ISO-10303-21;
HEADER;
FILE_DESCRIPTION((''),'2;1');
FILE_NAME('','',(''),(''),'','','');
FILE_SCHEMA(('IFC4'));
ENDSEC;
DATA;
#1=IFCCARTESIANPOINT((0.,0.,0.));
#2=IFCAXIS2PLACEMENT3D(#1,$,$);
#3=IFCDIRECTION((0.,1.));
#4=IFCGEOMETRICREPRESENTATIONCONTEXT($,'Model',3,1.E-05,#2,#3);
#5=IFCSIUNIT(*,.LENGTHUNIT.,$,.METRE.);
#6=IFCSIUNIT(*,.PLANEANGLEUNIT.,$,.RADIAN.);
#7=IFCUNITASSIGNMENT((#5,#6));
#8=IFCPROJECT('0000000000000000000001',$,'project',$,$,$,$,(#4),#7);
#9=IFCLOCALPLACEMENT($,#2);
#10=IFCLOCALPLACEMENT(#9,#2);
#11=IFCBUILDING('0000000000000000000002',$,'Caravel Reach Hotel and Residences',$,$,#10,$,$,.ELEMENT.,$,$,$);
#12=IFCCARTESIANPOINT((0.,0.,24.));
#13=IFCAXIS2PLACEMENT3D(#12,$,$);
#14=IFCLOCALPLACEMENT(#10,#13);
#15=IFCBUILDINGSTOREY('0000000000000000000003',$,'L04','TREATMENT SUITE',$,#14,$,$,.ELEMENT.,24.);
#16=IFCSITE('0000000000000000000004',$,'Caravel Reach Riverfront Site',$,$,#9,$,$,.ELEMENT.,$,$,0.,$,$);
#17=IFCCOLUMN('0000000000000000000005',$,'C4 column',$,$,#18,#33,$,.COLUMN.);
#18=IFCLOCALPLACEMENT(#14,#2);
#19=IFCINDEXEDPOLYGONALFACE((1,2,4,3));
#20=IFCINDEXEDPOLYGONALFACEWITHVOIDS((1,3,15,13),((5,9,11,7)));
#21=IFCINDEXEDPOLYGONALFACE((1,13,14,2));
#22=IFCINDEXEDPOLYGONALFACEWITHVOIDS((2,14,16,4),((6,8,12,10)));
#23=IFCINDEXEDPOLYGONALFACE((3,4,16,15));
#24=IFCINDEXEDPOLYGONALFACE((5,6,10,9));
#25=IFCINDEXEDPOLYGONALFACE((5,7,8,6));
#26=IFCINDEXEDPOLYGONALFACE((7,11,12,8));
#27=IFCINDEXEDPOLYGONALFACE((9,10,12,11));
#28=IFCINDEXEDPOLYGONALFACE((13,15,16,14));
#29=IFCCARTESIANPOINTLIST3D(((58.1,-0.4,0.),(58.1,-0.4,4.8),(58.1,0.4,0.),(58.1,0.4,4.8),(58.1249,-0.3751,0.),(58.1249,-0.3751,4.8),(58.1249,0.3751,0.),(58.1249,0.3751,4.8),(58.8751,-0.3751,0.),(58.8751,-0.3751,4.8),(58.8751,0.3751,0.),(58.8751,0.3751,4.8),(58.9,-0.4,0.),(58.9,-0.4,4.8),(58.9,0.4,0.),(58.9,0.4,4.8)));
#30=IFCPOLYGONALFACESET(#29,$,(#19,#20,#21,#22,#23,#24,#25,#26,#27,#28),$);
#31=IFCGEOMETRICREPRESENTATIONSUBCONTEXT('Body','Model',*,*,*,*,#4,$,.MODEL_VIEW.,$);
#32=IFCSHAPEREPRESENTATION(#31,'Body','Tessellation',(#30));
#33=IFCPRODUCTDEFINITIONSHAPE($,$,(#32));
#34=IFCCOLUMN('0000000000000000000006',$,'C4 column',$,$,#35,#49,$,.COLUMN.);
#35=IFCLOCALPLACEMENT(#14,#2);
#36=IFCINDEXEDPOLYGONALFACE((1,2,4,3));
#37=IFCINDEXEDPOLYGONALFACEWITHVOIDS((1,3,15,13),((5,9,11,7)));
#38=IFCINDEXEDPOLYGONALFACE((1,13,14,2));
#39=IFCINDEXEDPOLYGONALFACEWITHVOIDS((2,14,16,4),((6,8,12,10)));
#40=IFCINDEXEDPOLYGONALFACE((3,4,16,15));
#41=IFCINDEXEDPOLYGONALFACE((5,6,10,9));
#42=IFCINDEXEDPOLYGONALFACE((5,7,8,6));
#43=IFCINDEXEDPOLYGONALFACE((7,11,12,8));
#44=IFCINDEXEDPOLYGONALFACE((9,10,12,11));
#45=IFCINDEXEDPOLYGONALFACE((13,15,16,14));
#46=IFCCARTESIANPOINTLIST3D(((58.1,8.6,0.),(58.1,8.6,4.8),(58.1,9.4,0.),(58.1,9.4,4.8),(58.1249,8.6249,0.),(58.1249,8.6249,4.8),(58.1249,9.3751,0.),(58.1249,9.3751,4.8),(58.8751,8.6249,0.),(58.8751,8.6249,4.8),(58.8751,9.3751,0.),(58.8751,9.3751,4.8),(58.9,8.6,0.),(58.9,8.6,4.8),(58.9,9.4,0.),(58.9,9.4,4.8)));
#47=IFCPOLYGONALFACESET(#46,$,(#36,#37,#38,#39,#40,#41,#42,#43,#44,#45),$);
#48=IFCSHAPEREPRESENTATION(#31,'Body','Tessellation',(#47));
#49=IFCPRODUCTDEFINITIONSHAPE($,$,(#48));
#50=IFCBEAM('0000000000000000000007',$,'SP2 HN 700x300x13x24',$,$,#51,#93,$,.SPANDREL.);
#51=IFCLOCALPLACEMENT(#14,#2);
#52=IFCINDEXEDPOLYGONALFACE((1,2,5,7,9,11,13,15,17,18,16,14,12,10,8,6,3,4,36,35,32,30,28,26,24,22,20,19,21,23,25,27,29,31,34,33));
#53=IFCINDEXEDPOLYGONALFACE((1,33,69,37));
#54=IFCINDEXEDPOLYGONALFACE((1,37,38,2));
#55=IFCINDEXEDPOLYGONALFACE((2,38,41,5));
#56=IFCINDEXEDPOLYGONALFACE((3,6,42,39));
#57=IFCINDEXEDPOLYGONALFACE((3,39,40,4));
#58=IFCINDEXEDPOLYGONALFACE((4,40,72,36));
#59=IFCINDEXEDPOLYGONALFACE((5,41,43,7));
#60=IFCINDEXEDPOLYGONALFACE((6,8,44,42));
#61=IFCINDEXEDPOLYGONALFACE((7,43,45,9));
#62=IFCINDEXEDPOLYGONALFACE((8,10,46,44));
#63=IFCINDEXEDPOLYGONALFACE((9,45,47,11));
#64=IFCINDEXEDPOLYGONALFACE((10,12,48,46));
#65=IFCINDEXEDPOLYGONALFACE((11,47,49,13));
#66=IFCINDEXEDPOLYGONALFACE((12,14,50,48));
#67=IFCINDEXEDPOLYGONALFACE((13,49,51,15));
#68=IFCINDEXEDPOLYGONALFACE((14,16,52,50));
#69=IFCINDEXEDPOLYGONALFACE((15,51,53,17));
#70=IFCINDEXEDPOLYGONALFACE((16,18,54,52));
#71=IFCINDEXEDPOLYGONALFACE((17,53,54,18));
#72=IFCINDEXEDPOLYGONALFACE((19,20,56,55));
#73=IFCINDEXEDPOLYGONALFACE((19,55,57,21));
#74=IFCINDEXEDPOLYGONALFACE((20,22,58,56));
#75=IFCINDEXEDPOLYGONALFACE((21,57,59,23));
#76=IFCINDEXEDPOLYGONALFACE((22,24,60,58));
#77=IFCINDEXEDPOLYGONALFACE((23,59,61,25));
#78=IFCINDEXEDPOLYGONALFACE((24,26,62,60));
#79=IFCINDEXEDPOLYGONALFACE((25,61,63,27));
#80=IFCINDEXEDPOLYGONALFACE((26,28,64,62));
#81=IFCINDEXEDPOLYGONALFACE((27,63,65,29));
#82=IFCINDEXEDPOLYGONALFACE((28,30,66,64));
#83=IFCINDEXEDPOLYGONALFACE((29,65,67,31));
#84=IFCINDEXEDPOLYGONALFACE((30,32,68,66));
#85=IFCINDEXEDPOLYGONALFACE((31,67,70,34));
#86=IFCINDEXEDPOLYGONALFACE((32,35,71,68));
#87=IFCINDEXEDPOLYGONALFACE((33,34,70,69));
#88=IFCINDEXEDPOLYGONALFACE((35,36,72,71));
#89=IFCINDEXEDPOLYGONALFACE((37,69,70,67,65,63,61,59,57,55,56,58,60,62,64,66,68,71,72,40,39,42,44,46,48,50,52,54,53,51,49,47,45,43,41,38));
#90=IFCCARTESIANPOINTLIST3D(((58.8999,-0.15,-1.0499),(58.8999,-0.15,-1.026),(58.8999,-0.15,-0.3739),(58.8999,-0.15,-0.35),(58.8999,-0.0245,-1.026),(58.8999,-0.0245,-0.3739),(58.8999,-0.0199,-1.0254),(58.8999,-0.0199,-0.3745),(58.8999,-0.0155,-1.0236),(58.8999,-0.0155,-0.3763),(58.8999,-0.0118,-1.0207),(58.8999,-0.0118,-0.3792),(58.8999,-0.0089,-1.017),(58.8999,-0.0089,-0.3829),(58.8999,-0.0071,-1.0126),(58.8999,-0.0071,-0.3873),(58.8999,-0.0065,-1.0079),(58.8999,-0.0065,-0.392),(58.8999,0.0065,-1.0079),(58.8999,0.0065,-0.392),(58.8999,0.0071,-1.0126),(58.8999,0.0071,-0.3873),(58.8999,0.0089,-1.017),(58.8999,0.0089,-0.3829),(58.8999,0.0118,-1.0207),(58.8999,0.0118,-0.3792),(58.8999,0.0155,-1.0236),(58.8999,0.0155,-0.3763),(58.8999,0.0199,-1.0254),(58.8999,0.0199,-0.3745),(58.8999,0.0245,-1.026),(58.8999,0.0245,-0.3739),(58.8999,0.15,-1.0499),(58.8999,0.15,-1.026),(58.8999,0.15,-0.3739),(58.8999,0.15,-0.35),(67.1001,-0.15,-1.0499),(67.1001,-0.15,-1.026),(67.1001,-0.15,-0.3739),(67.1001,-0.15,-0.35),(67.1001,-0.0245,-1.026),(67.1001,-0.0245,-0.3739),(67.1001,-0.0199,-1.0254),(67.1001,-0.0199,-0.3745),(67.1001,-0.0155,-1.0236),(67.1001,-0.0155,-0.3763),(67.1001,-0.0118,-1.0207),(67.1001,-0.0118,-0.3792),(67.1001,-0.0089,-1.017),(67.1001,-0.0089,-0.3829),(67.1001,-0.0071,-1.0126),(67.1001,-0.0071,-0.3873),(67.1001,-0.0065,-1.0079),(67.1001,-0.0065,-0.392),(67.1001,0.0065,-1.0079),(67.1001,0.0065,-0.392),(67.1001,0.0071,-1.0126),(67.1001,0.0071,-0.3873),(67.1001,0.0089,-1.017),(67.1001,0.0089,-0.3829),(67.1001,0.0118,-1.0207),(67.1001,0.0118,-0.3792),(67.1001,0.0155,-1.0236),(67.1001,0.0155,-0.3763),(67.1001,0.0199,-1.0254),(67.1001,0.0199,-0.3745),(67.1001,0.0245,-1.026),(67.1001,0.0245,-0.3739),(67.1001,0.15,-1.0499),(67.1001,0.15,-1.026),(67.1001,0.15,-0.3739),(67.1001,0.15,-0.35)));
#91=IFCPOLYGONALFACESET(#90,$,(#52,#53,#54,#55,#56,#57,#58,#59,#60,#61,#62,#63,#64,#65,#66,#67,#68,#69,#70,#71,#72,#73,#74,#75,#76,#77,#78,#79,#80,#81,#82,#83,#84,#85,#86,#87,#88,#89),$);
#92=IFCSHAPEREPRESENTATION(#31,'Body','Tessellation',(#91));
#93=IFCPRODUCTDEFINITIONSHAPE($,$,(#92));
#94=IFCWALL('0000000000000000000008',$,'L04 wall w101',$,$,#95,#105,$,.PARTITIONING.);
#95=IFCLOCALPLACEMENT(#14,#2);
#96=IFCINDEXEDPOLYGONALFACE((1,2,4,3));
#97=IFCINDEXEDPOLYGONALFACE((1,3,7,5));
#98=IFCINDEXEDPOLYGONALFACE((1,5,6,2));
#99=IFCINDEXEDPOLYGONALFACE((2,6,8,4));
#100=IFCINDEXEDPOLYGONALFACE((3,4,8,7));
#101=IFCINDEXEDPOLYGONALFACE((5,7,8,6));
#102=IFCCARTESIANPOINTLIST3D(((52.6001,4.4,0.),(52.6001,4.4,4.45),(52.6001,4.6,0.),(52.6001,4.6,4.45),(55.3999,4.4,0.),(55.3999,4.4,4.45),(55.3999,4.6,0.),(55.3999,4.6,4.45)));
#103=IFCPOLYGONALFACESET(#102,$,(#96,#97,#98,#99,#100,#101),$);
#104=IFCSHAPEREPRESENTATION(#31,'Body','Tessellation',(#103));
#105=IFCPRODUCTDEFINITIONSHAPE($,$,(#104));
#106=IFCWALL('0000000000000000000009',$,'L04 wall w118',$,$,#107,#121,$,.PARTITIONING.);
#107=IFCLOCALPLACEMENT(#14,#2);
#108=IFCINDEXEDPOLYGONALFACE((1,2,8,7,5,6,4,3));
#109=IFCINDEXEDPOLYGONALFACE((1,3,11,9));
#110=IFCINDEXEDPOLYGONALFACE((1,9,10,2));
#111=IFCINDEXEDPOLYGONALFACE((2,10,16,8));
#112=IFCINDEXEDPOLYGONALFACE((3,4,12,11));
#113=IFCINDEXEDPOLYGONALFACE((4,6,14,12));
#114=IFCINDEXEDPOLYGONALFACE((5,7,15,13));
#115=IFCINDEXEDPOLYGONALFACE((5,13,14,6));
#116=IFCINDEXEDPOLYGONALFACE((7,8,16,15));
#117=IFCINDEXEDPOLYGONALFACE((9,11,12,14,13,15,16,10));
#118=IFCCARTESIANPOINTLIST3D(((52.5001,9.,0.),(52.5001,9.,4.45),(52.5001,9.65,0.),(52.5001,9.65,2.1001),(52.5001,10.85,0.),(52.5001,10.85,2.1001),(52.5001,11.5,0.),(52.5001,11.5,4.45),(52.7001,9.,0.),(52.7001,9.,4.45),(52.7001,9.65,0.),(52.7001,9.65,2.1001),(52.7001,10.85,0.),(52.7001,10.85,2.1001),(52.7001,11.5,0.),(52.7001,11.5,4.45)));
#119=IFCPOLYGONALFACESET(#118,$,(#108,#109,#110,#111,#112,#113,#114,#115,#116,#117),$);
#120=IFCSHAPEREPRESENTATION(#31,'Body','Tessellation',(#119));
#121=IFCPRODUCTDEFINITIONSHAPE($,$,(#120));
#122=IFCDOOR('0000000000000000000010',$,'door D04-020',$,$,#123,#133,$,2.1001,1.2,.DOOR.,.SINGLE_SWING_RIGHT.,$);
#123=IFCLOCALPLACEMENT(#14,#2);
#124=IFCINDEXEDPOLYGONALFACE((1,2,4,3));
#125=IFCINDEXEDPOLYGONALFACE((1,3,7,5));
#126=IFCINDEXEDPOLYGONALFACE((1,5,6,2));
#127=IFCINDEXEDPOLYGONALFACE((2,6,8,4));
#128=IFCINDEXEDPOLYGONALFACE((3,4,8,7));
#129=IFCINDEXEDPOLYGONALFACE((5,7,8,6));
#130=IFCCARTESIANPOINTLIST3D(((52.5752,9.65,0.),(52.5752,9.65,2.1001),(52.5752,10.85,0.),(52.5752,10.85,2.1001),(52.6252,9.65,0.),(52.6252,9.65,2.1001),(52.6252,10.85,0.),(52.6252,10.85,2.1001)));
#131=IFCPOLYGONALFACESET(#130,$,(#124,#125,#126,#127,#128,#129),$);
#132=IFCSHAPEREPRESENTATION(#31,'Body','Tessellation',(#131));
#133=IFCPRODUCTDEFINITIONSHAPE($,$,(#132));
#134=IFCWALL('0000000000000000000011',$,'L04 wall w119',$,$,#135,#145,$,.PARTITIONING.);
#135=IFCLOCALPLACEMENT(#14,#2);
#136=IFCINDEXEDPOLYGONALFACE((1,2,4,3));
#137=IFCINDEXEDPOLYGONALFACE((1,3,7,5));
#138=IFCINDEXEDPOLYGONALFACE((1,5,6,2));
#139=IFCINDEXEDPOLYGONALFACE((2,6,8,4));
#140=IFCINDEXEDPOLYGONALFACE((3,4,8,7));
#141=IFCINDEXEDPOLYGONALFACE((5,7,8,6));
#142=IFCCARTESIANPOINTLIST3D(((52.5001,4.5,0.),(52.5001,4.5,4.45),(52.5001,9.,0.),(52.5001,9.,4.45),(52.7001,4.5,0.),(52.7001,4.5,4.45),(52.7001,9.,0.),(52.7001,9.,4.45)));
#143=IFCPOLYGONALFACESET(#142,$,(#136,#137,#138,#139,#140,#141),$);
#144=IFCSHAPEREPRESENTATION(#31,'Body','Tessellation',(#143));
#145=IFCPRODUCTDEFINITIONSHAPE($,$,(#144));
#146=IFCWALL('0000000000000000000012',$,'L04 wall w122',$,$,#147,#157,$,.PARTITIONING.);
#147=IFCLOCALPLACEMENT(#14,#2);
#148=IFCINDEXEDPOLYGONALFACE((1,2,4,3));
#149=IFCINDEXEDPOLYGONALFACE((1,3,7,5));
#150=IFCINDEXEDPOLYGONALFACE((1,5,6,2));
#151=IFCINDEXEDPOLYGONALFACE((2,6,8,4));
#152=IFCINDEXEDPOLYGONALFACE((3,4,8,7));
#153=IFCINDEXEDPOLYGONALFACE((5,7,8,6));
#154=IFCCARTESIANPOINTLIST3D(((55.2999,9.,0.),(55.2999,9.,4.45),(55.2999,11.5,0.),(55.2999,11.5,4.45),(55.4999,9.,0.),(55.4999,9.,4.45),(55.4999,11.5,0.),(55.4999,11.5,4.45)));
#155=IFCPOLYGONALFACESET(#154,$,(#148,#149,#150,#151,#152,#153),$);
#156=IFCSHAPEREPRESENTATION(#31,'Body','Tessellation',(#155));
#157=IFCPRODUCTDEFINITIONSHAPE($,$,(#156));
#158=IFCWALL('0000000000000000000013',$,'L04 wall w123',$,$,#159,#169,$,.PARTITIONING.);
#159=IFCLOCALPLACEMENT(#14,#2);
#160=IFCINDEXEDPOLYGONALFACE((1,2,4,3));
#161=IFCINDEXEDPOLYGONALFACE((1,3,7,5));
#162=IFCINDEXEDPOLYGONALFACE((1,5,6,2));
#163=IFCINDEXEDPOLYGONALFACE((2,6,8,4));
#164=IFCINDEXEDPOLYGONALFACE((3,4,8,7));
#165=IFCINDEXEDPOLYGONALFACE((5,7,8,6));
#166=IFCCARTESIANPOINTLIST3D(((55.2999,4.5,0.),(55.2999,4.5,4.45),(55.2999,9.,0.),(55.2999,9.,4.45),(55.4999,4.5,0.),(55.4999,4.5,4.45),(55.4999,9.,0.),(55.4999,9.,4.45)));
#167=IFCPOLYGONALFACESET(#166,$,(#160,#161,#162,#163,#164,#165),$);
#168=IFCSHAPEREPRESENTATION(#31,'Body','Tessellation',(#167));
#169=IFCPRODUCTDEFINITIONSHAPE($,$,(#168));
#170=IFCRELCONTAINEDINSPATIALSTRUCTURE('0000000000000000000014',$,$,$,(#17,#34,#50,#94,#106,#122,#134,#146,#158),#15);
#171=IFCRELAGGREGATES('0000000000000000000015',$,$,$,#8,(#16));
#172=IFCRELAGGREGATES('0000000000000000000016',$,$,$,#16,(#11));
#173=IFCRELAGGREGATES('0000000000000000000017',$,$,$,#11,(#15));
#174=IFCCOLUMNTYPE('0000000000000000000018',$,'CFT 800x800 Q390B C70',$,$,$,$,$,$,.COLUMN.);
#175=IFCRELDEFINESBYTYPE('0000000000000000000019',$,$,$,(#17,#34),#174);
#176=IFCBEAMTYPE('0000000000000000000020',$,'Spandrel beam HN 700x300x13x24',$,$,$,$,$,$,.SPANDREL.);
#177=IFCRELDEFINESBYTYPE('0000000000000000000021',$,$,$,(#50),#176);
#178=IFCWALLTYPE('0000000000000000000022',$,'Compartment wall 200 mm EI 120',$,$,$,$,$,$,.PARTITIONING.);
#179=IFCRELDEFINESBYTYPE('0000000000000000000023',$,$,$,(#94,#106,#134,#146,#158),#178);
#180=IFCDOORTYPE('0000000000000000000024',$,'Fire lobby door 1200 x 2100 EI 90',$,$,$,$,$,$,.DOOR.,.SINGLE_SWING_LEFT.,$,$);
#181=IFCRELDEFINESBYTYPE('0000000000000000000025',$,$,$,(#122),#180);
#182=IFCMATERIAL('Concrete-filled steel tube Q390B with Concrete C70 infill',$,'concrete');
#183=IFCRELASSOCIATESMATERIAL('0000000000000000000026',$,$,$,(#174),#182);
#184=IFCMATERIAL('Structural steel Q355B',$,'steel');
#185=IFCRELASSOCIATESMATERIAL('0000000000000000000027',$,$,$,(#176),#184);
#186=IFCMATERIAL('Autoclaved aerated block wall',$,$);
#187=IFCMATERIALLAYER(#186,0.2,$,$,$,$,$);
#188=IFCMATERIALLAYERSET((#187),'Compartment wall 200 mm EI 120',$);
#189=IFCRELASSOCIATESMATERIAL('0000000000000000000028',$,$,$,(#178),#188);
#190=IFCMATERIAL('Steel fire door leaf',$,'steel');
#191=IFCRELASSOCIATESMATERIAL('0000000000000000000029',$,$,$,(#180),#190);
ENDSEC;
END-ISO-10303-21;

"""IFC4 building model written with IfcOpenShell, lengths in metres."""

from ifc_helpers import new_model, si_unit, direction, frame, frame_2d, origin, origin_2d, place, context, subcontext, project, spatial, rectangle, hollow_rectangle, i_section, extrude, material, layer, layer_set, material_profile, profile_set, type_object, element, fill, save


model = new_model("IFC4")

# Units and contexts
model_context = context("Model", 3, precision=1e-05, world=origin(), true_north=direction((0.0, 1.0)))
body_context = subcontext(model_context, "Body", "Model", "MODEL_VIEW")
ifc_project = project(units=[si_unit("LENGTHUNIT", "METRE"), si_unit("PLANEANGLEUNIT", "RADIAN")], contexts=[model_context])

# Site, building, storey
site_placement = place(None, origin())
site = spatial("IfcSite", under=ifc_project, at=site_placement, Name="Caravel Reach Riverfront Site", CompositionType="ELEMENT", RefElevation=0.0)
building_placement = place(site_placement, origin())
building = spatial("IfcBuilding", under=site, at=building_placement, Name="Caravel Reach Hotel and Residences", CompositionType="ELEMENT")
storey_placement = place(building_placement, frame((0.0, 0.0, 24.0)))
storey = spatial("IfcBuildingStorey", under=building, at=storey_placement, Name="L04", Description="TREATMENT SUITE", CompositionType="ELEMENT", Elevation=24.0)

# Columns
ifc_material_1 = material(Name="Concrete-filled steel tube Q390B with Concrete C70 infill", Category="concrete")
ifc_material_profile_1 = material_profile(ifc_material_1, hollow_rectangle(XDim=0.8, YDim=0.8, WallThickness=0.0249, at=origin_2d()), Name="RHS 800x800x25")
ifc_profile_set_1 = profile_set([ifc_material_profile_1], Name="Concrete-filled steel tube Q390B with Concrete C70 infill")
column_type = type_object("IfcColumnType", Name="CFT 800x800 Q390B C70", PredefinedType="COLUMN", material=ifc_profile_set_1)
for number, where, z_axis, x_axis, name in (
    (1, (58.5, 0.0, 0.0), (0.0, 0.0, 1.0), (1.0, 0.0, 0.0), "C4 column"),
    (2, (58.5, 9.0, 0.0), (0.0, 0.0, 1.0), (1.0, 0.0, 0.0), "C4 column"),
):
    element("IfcColumn", number, at=place(storey_placement, frame(where, z_axis=z_axis, x_axis=x_axis)), inside=storey, type_object=column_type, Name=name, PredefinedType="COLUMN", context=body_context, shape_type="SweptSolid", body=[
        extrude(hollow_rectangle(XDim=0.8, YDim=0.8, WallThickness=0.0249, at=origin_2d()), origin(), (0.0, 0.0, 1.0), 4.8),
    ])

# Beam
ifc_material_2 = material(Name="Structural steel Q355B", Category="steel")
ifc_material_profile_2 = material_profile(ifc_material_2, i_section(OverallWidth=0.3, OverallDepth=0.7, WebThickness=0.0129, FlangeThickness=0.0239, FilletRadius=0.0181, at=origin_2d()), Name="HN 700x300x13x24")
ifc_profile_set_2 = profile_set([ifc_material_profile_2], Name="Structural steel Q355B")
beam_type = type_object("IfcBeamType", Name="Spandrel beam HN 700x300x13x24", PredefinedType="SPANDREL", material=ifc_profile_set_2)
beam_placement = place(storey_placement, frame((58.8999, 0.0, -0.7), z_axis=(1.0, 0.0, 0.0), x_axis=(0.0, 1.0, 0.0)))
element("IfcBeam", 3, at=beam_placement, inside=storey, type_object=beam_type, Name="SP2 HN 700x300x13x24", PredefinedType="SPANDREL", context=body_context, shape_type="SweptSolid", body=[
    extrude(i_section(OverallWidth=0.3, OverallDepth=0.7, WebThickness=0.0129, FlangeThickness=0.0239, FilletRadius=0.0181, at=origin_2d()), origin(), (0.0, 0.0, 1.0), 8.2002),
])

# Wall
ifc_material_3 = material(Name="Autoclaved aerated block wall")
ifc_layer_1 = layer(ifc_material_3, 0.2)
ifc_layer_set_1 = layer_set([ifc_layer_1], Name="Compartment wall 200 mm EI 120")
wall_type_1 = type_object("IfcWallType", Name="Compartment wall 200 mm EI 120", PredefinedType="PARTITIONING", material=ifc_layer_set_1)
wall_1_placement = place(storey_placement, frame((52.6001, 4.5, 0.0), z_axis=(0.0, 0.0, 1.0), x_axis=(1.0, 0.0, 0.0)))
element("IfcWall", 4, at=wall_1_placement, inside=storey, type_object=wall_type_1, Name="L04 wall w101", PredefinedType="PARTITIONING", context=body_context, shape_type="SweptSolid", body=[
    extrude(rectangle(XDim=2.7998, YDim=0.2, at=frame_2d((1.3999, 0.0))), origin(), (0.0, 0.0, 1.0), 4.45),
])

# Wall, opening, door
wall_2_placement = place(storey_placement, frame((52.6001, 9.0, 0.0), z_axis=(0.0, 0.0, 1.0), x_axis=(0.0, 1.0, 0.0)))
wall_2 = element("IfcWall", 5, at=wall_2_placement, inside=storey, type_object=wall_type_1, Name="L04 wall w118", PredefinedType="PARTITIONING", context=body_context, shape_type="SweptSolid", body=[
    extrude(rectangle(XDim=2.5, YDim=0.2, at=frame_2d((1.25, 0.0))), origin(), (0.0, 0.0, 1.0), 4.45),
])
opening_1_placement = place(wall_2_placement, frame((0.6499, 0.0, 0.0)))
opening_1 = element("IfcOpeningElement", 6, at=opening_1_placement, cuts=wall_2, PredefinedType="OPENING", context=body_context, shape_type="SweptSolid", body=[
    extrude(rectangle(XDim=1.2, YDim=2.1001, at=frame_2d((0.6001, 1.05))), frame((0.0, 0.1099, 0.0), z_axis=(0.0, -1.0, 0.0), x_axis=(1.0, 0.0, 0.0)), (0.0, 0.0, 1.0), 0.22),
])
ifc_material_4 = material(Name="Steel fire door leaf", Category="steel")
door_type_1 = type_object("IfcDoorType", Name="Fire lobby door 1200 x 2100 EI 90", OperationType="SINGLE_SWING_LEFT", PredefinedType="DOOR", material=ifc_material_4)
door_1_placement = place(opening_1_placement, origin())
door_1 = element("IfcDoor", 7, at=door_1_placement, inside=storey, type_object=door_type_1, Name="door D04-020", OperationType="SINGLE_SWING_RIGHT", OverallHeight=2.1001, OverallWidth=1.2, PredefinedType="DOOR", context=body_context, shape_type="SweptSolid", body=[
    extrude(rectangle(XDim=1.2, YDim=2.1001, at=frame_2d((0.6001, 1.05))), frame((0.0, 0.0249, 0.0), z_axis=(0.0, -1.0, 0.0), x_axis=(1.0, 0.0, 0.0)), (0.0, 0.0, 1.0), 0.05),
])
fill(opening_1, door_1)

# Walls
wall_3_placement = place(storey_placement, frame((52.6001, 4.5, 0.0), z_axis=(0.0, 0.0, 1.0), x_axis=(0.0, 1.0, 0.0)))
element("IfcWall", 8, at=wall_3_placement, inside=storey, type_object=wall_type_1, Name="L04 wall w119", PredefinedType="PARTITIONING", context=body_context, shape_type="SweptSolid", body=[
    extrude(rectangle(XDim=4.5, YDim=0.2, at=frame_2d((2.25, 0.0))), origin(), (0.0, 0.0, 1.0), 4.45),
])
wall_4_placement = place(storey_placement, frame((55.3999, 9.0, 0.0), z_axis=(0.0, 0.0, 1.0), x_axis=(0.0, 1.0, 0.0)))
element("IfcWall", 9, at=wall_4_placement, inside=storey, type_object=wall_type_1, Name="L04 wall w122", PredefinedType="PARTITIONING", context=body_context, shape_type="SweptSolid", body=[
    extrude(rectangle(XDim=2.5, YDim=0.2, at=frame_2d((1.25, 0.0))), origin(), (0.0, 0.0, 1.0), 4.45),
])
wall_5_placement = place(storey_placement, frame((55.3999, 4.5, 0.0), z_axis=(0.0, 0.0, 1.0), x_axis=(0.0, 1.0, 0.0)))
element("IfcWall", 10, at=wall_5_placement, inside=storey, type_object=wall_type_1, Name="L04 wall w123", PredefinedType="PARTITIONING", context=body_context, shape_type="SweptSolid", body=[
    extrude(rectangle(XDim=4.5, YDim=0.2, at=frame_2d((2.25, 0.0))), origin(), (0.0, 0.0, 1.0), 4.45),
])

save(model, "model.ifc")
